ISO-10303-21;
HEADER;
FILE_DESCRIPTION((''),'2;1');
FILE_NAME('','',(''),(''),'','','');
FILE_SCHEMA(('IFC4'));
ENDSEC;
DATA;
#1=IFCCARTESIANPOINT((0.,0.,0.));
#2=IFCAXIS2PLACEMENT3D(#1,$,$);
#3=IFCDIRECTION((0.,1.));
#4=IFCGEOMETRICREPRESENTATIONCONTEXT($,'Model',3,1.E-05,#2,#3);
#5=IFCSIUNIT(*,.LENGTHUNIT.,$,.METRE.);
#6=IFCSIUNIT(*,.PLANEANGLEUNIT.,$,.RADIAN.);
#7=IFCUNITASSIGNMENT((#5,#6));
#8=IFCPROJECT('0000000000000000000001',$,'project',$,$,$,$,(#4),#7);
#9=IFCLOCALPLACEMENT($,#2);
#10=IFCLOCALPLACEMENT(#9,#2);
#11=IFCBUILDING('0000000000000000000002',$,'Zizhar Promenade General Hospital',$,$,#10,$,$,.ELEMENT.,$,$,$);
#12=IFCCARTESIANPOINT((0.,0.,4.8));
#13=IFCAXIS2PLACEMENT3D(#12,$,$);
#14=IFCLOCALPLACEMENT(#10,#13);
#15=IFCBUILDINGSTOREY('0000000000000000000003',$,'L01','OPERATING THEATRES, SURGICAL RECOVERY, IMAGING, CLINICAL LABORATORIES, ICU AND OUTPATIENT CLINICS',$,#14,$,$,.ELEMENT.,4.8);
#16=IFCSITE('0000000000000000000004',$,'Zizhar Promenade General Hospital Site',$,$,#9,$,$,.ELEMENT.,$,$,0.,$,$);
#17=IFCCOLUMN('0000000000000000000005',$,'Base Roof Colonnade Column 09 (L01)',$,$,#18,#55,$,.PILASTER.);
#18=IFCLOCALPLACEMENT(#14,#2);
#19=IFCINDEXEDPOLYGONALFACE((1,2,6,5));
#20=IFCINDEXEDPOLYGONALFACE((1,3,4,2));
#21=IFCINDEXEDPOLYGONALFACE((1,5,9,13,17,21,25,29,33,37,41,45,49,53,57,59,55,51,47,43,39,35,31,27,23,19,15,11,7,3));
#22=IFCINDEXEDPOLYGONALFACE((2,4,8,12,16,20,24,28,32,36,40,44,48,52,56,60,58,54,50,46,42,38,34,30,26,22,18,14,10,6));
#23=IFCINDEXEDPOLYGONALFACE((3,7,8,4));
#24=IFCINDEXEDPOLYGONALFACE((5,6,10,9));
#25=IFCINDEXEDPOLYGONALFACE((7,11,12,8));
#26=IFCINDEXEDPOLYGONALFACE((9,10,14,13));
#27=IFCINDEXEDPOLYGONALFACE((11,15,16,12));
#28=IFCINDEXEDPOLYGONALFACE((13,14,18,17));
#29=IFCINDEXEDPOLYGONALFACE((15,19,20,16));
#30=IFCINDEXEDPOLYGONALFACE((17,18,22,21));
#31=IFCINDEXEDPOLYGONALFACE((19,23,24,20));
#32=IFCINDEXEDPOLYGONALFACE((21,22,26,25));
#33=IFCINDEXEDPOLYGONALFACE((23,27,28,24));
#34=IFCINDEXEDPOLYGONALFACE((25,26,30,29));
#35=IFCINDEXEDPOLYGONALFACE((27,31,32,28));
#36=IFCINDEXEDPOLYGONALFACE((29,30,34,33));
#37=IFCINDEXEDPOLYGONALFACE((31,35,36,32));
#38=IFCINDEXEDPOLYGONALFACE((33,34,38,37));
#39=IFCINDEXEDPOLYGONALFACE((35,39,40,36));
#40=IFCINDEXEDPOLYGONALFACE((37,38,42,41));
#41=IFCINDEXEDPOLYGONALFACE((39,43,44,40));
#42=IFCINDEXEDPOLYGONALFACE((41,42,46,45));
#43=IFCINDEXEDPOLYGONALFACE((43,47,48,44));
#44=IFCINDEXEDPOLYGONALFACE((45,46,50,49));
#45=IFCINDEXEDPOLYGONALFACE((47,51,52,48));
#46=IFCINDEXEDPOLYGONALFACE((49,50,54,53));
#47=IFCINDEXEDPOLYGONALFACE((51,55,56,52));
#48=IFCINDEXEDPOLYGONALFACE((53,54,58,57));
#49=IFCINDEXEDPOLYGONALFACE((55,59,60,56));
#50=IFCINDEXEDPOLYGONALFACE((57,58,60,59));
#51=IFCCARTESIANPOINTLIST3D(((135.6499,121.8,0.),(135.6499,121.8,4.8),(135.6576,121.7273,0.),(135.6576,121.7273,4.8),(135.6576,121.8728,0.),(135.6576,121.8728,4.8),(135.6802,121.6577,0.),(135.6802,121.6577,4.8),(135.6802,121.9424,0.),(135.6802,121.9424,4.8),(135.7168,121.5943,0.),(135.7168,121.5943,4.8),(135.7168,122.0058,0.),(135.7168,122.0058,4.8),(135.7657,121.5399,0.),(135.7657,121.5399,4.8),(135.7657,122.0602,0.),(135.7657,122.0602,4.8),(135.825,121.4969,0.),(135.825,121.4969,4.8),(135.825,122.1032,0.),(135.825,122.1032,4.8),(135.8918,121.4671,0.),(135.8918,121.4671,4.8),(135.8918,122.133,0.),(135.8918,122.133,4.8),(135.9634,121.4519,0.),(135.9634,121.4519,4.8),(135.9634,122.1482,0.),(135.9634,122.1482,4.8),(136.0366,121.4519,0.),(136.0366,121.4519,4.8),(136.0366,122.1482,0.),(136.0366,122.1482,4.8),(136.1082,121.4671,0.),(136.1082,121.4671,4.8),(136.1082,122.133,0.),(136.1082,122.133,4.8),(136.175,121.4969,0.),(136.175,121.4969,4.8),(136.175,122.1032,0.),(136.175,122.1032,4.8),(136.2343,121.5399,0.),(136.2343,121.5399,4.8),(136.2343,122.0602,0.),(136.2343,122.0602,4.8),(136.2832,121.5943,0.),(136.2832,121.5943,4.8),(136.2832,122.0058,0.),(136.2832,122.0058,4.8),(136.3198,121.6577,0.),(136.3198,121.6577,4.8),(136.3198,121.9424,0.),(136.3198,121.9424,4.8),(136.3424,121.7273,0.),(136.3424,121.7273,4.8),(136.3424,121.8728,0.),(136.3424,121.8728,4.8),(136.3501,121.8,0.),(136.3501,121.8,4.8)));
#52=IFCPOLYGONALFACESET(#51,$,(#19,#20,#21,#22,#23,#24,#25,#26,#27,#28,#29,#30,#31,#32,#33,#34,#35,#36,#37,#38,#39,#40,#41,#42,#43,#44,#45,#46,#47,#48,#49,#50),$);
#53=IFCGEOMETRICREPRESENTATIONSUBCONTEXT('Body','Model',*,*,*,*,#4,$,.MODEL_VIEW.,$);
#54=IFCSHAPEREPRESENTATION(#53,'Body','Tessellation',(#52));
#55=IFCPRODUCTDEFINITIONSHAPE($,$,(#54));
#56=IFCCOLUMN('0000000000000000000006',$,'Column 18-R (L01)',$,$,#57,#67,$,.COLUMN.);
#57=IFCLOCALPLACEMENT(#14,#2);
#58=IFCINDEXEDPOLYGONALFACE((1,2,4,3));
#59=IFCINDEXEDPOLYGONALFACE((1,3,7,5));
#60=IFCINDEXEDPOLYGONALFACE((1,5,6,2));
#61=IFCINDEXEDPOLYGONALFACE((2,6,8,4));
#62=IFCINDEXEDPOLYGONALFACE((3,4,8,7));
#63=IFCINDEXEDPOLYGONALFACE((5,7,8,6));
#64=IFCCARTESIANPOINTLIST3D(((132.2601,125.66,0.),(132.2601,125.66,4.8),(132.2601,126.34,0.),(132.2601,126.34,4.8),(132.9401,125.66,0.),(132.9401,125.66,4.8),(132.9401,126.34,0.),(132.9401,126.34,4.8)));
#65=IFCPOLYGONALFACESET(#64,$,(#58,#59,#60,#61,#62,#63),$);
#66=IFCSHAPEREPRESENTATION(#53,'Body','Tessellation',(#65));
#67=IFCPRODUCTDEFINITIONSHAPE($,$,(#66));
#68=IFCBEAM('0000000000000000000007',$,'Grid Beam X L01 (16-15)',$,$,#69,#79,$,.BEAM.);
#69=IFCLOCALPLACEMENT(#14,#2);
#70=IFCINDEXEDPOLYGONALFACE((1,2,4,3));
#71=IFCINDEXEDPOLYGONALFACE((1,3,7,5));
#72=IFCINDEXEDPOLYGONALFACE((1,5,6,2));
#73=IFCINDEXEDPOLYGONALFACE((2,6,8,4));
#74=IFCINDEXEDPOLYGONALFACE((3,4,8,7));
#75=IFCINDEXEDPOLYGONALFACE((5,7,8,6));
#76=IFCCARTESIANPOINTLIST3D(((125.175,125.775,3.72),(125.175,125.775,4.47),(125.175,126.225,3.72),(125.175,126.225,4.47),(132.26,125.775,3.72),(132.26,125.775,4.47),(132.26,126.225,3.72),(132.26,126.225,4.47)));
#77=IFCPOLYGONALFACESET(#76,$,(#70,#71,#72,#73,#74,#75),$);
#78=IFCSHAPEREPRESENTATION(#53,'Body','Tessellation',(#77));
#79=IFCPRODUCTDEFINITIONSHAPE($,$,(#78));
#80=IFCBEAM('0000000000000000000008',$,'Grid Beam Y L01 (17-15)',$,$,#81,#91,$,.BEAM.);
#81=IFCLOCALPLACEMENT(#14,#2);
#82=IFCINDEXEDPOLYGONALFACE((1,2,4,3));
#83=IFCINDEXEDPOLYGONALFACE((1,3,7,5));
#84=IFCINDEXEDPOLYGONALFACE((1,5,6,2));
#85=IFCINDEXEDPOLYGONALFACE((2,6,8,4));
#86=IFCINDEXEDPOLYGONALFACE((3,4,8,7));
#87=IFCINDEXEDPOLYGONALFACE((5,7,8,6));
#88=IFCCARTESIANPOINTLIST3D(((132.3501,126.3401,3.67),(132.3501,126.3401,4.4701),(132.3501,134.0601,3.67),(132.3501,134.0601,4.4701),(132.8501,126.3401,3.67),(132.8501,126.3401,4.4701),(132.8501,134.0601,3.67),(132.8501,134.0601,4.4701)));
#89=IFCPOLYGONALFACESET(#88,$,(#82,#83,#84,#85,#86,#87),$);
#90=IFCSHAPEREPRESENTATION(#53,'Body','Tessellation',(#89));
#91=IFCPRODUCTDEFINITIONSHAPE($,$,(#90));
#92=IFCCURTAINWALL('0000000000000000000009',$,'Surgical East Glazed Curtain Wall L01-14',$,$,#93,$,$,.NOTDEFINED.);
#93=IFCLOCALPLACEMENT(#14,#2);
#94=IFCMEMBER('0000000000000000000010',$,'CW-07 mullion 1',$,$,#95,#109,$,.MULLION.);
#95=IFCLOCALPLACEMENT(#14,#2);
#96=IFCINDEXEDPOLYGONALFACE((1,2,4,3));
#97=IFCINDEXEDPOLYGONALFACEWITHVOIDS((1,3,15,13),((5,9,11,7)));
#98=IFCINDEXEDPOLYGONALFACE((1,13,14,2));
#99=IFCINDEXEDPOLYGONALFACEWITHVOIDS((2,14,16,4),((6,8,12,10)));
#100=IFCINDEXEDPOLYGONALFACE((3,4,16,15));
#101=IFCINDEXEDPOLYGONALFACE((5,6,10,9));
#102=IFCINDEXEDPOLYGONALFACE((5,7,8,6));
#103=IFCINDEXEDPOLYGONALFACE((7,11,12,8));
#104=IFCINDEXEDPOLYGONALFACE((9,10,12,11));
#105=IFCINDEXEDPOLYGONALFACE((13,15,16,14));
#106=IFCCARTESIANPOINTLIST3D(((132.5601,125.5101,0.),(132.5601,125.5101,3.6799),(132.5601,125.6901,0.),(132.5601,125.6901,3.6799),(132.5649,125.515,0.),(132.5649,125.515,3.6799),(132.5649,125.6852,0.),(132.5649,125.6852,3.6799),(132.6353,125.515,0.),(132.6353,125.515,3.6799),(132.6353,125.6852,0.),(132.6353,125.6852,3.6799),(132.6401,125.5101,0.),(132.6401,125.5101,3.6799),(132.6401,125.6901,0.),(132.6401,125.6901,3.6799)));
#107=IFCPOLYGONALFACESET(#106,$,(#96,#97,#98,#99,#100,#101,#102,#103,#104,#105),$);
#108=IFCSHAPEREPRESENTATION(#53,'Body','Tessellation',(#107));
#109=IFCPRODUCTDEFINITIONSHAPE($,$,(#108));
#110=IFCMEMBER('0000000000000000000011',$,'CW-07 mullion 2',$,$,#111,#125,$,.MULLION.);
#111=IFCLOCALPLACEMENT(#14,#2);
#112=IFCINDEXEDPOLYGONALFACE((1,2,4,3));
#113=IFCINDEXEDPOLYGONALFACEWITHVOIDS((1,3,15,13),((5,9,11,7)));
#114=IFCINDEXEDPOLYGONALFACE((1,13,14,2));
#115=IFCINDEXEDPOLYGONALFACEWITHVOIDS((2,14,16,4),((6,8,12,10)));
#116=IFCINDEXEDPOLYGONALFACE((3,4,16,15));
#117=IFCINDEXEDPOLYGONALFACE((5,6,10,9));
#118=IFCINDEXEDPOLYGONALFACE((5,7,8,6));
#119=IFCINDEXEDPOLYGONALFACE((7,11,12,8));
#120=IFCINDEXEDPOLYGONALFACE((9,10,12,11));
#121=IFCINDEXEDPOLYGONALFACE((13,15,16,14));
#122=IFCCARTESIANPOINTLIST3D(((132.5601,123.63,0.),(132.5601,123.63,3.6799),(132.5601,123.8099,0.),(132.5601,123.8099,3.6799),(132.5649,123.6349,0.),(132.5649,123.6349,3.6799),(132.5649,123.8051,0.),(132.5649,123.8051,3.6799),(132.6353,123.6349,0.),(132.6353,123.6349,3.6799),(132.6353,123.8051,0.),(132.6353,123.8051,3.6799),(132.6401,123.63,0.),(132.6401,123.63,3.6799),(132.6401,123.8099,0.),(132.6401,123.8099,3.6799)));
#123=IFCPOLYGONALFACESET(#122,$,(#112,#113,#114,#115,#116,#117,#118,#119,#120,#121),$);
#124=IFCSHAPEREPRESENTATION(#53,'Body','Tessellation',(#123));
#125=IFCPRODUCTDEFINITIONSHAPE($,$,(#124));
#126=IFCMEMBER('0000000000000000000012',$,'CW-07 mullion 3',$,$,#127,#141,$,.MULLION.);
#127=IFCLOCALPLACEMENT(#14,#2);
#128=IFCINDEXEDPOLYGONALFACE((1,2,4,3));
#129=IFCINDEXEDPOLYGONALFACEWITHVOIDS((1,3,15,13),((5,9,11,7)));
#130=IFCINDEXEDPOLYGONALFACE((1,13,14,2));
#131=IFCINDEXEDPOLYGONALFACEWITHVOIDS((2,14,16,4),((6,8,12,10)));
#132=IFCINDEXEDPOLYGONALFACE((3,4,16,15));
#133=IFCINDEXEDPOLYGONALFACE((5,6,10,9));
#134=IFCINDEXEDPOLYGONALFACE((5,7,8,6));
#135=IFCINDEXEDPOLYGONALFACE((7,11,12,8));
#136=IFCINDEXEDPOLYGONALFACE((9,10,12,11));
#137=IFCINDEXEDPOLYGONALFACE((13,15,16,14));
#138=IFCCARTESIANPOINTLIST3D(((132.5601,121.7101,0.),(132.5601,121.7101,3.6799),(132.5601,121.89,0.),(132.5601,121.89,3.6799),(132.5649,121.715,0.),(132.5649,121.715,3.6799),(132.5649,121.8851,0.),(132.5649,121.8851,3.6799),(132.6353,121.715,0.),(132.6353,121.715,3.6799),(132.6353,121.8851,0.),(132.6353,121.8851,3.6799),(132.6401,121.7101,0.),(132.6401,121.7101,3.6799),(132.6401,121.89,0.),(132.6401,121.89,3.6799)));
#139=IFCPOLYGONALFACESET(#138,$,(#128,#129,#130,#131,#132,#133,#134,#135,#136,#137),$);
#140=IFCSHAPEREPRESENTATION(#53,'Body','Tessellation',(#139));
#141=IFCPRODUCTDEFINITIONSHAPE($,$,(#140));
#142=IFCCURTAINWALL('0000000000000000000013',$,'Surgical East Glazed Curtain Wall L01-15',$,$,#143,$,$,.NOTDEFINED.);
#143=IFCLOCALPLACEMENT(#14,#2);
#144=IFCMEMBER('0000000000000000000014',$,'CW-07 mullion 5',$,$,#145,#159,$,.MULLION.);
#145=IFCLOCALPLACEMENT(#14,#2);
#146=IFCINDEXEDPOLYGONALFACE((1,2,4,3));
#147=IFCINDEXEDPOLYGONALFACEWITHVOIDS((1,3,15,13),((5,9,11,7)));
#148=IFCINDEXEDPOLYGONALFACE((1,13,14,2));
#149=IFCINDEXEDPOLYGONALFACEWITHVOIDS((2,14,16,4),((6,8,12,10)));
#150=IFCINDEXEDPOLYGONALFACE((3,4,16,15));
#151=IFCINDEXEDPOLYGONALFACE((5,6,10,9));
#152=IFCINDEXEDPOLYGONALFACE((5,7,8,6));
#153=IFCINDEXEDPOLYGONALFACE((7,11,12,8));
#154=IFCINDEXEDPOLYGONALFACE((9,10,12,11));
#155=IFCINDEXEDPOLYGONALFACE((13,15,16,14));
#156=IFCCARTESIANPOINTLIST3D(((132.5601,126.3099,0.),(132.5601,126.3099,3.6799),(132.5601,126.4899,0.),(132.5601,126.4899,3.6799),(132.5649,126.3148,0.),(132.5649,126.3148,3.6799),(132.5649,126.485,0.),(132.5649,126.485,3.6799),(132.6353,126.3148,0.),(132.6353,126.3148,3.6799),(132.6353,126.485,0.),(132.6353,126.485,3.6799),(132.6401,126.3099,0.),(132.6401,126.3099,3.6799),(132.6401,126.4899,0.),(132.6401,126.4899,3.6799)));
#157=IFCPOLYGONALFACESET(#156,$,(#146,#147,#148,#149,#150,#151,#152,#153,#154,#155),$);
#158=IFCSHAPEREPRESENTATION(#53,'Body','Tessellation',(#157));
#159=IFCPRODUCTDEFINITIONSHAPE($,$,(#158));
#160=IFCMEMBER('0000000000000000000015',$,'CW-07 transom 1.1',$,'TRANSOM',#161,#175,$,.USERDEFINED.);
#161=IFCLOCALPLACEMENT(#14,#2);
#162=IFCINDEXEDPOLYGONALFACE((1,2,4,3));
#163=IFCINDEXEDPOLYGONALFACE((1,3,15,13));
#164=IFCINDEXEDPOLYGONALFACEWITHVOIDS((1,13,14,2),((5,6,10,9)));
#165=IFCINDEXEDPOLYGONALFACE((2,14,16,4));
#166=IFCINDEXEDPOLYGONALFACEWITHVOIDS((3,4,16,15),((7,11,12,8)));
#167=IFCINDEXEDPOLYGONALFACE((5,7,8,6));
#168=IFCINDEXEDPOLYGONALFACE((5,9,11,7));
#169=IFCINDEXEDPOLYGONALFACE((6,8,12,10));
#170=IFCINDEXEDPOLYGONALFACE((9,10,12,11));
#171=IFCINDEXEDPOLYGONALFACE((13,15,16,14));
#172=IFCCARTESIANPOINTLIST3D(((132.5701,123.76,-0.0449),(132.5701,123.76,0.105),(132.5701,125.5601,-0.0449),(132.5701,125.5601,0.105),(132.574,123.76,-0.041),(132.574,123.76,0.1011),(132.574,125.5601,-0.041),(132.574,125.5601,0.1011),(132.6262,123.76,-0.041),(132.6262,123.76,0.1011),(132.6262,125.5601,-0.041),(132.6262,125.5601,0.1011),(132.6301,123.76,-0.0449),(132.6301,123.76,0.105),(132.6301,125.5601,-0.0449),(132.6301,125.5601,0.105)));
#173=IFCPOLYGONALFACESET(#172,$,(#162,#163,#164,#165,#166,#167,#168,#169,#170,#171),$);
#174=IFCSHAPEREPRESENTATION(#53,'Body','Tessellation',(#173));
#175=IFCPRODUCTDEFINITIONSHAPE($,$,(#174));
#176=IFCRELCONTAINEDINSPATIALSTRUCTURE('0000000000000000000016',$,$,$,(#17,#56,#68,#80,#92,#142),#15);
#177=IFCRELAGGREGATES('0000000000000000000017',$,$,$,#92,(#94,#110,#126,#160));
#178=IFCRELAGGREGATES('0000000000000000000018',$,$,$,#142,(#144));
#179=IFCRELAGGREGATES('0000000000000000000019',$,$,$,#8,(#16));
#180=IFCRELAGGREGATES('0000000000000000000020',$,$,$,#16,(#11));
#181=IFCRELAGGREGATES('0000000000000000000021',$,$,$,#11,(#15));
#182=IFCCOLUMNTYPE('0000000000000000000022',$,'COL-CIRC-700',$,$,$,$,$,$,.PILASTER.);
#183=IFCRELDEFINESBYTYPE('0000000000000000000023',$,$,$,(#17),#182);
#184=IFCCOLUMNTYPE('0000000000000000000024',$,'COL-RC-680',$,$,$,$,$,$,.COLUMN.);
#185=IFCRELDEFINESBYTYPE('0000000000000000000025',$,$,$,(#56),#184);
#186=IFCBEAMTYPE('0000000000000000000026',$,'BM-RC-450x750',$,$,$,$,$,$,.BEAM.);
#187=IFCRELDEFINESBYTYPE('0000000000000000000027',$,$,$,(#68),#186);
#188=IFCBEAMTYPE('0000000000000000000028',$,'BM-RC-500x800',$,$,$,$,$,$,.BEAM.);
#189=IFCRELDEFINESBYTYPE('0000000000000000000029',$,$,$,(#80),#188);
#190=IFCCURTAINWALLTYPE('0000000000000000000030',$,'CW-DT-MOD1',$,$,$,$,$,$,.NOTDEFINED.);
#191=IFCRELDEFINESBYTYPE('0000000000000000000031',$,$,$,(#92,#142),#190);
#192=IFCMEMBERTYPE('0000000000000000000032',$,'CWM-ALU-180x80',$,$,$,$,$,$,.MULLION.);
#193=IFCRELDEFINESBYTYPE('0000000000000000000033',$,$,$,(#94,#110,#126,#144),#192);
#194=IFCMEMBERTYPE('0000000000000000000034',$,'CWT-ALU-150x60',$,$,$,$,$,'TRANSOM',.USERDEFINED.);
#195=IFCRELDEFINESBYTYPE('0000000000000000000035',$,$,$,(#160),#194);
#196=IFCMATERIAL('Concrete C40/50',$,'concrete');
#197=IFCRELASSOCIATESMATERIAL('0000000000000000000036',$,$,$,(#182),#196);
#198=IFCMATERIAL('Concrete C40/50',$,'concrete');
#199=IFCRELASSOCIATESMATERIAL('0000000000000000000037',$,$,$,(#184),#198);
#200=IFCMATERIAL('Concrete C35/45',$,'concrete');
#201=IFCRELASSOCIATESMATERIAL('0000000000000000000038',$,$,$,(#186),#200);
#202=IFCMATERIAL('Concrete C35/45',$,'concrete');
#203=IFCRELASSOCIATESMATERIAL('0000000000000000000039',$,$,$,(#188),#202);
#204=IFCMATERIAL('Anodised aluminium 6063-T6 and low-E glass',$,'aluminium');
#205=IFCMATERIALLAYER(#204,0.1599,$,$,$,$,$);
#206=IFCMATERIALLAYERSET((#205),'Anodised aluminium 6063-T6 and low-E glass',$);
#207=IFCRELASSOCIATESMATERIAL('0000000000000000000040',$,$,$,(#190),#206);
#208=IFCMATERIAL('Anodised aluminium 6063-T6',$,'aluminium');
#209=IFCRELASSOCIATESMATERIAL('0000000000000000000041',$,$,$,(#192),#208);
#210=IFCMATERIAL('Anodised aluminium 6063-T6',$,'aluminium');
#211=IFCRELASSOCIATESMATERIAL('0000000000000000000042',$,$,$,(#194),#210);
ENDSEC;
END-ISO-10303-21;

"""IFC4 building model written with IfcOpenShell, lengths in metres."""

from ifc_helpers import new_model, si_unit, direction, frame, origin, origin_2d, place, context, subcontext, project, spatial, rectangle, hollow_rectangle, circle, extrude, material, layer, layer_set, material_profile, profile_set, type_object, element, aggregate, save


model = new_model("IFC4")

# Units and contexts
model_context = context("Model", 3, precision=1e-05, world=origin(), true_north=direction((0.0, 1.0)))
body_context = subcontext(model_context, "Body", "Model", "MODEL_VIEW")
ifc_project = project(units=[si_unit("LENGTHUNIT", "METRE"), si_unit("PLANEANGLEUNIT", "RADIAN")], contexts=[model_context])

# Site, building, storey
site_placement = place(None, origin())
site = spatial("IfcSite", under=ifc_project, at=site_placement, Name="Zizhar Promenade General Hospital Site", CompositionType="ELEMENT", RefElevation=0.0)
building_placement = place(site_placement, origin())
building = spatial("IfcBuilding", under=site, at=building_placement, Name="Zizhar Promenade General Hospital", CompositionType="ELEMENT")
storey_placement = place(building_placement, frame((0.0, 0.0, 4.8)))
storey = spatial("IfcBuildingStorey", under=building, at=storey_placement, Name="L01", Description="OPERATING THEATRES, SURGICAL RECOVERY, IMAGING, CLINICAL LABORATORIES, ICU AND OUTPATIENT CLINICS", CompositionType="ELEMENT", Elevation=4.8)

# Columns
ifc_material_1 = material(Name="Concrete C40/50", Category="concrete")
ifc_material_profile_1 = material_profile(ifc_material_1, circle(Radius=0.3501, at=origin_2d()))
ifc_profile_set_1 = profile_set([ifc_material_profile_1], Name="Concrete C40/50")
column_type_1 = type_object("IfcColumnType", Name="COL-CIRC-700", PredefinedType="PILASTER", material=ifc_profile_set_1)
column_1_placement = place(storey_placement, frame((136.0, 121.8, 0.0), z_axis=(0.0, 0.0, 1.0), x_axis=(1.0, 0.0, 0.0)))
element("IfcColumn", 1, at=column_1_placement, inside=storey, type_object=column_type_1, Name="Base Roof Colonnade Column 09 (L01)", PredefinedType="PILASTER", context=body_context, shape_type="SweptSolid", body=[
    extrude(circle(Radius=0.3501, at=origin_2d()), origin(), (0.0, 0.0, 1.0), 4.8),
])
ifc_material_2 = material(Name="Concrete C40/50", Category="concrete")
ifc_material_profile_2 = material_profile(ifc_material_2, rectangle(XDim=0.6799, YDim=0.6799, at=origin_2d()))
ifc_profile_set_2 = profile_set([ifc_material_profile_2], Name="Concrete C40/50")
column_type_2 = type_object("IfcColumnType", Name="COL-RC-680", PredefinedType="COLUMN", material=ifc_profile_set_2)
column_2_placement = place(storey_placement, frame((132.6001, 126.0, 0.0), z_axis=(0.0, 0.0, 1.0), x_axis=(1.0, 0.0, 0.0)))
element("IfcColumn", 2, at=column_2_placement, inside=storey, type_object=column_type_2, Name="Column 18-R (L01)", PredefinedType="COLUMN", context=body_context, shape_type="SweptSolid", body=[
    extrude(rectangle(XDim=0.6799, YDim=0.6799, at=origin_2d()), origin(), (0.0, 0.0, 1.0), 4.8),
])

# Beams
ifc_material_3 = material(Name="Concrete C35/45", Category="concrete")
ifc_material_profile_3 = material_profile(ifc_material_3, rectangle(XDim=0.45, YDim=0.75, at=origin_2d()))
ifc_profile_set_3 = profile_set([ifc_material_profile_3], Name="Concrete C35/45")
beam_type_1 = type_object("IfcBeamType", Name="BM-RC-450x750", PredefinedType="BEAM", material=ifc_profile_set_3)
beam_1_placement = place(storey_placement, frame((125.175, 126.0, 4.095), z_axis=(1.0, 0.0, 0.0), x_axis=(0.0, 1.0, 0.0)))
element("IfcBeam", 3, at=beam_1_placement, inside=storey, type_object=beam_type_1, Name="Grid Beam X L01 (16-15)", PredefinedType="BEAM", context=body_context, shape_type="SweptSolid", body=[
    extrude(rectangle(XDim=0.45, YDim=0.75, at=origin_2d()), origin(), (0.0, 0.0, 1.0), 7.085),
])
ifc_material_4 = material(Name="Concrete C35/45", Category="concrete")
ifc_material_profile_4 = material_profile(ifc_material_4, rectangle(XDim=0.5, YDim=0.8, at=origin_2d()))
ifc_profile_set_4 = profile_set([ifc_material_profile_4], Name="Concrete C35/45")
beam_type_2 = type_object("IfcBeamType", Name="BM-RC-500x800", PredefinedType="BEAM", material=ifc_profile_set_4)
beam_2_placement = place(storey_placement, frame((132.6001, 126.3401, 4.0701), z_axis=(0.0, 1.0, 0.0), x_axis=(-1.0, 0.0, 0.0)))
element("IfcBeam", 4, at=beam_2_placement, inside=storey, type_object=beam_type_2, Name="Grid Beam Y L01 (17-15)", PredefinedType="BEAM", context=body_context, shape_type="SweptSolid", body=[
    extrude(rectangle(XDim=0.5, YDim=0.8, at=origin_2d()), origin(), (0.0, 0.0, 1.0), 7.72),
])

# Curtain wall, members
ifc_material_5 = material(Name="Anodised aluminium 6063-T6 and low-E glass", Category="aluminium")
ifc_layer_1 = layer(ifc_material_5, 0.1599)
ifc_layer_set_1 = layer_set([ifc_layer_1], Name="Anodised aluminium 6063-T6 and low-E glass")
curtain_wall_type = type_object("IfcCurtainWallType", Name="CW-DT-MOD1", PredefinedType="NOTDEFINED", material=ifc_layer_set_1)
curtain_wall_1_placement = place(storey_placement, origin())
curtain_wall_1 = element("IfcCurtainWall", 5, at=curtain_wall_1_placement, inside=storey, type_object=curtain_wall_type, Name="Surgical East Glazed Curtain Wall L01-14", PredefinedType="NOTDEFINED")
ifc_material_6 = material(Name="Anodised aluminium 6063-T6", Category="aluminium")
ifc_material_profile_5 = material_profile(ifc_material_6, hollow_rectangle(XDim=0.0801, YDim=0.1799, WallThickness=0.0049, at=origin_2d()))
ifc_profile_set_5 = profile_set([ifc_material_profile_5], Name="Anodised aluminium 6063-T6")
member_type_1 = type_object("IfcMemberType", Name="CWM-ALU-180x80", PredefinedType="MULLION", material=ifc_profile_set_5)
member_1_placement = place(storey_placement, frame((132.6001, 125.6001, 0.0), z_axis=(0.0, 0.0, 1.0), x_axis=(1.0, 0.0, 0.0)))
member_1 = element("IfcMember", 6, at=member_1_placement, type_object=member_type_1, Name="CW-07 mullion 1", PredefinedType="MULLION", context=body_context, shape_type="SweptSolid", body=[
    extrude(hollow_rectangle(XDim=0.0801, YDim=0.1799, WallThickness=0.0049, at=origin_2d()), origin(), (0.0, 0.0, 1.0), 3.6799),
])
member_2_placement = place(storey_placement, frame((132.6001, 123.72, 0.0), z_axis=(0.0, 0.0, 1.0), x_axis=(1.0, 0.0, 0.0)))
member_2 = element("IfcMember", 7, at=member_2_placement, type_object=member_type_1, Name="CW-07 mullion 2", PredefinedType="MULLION", context=body_context, shape_type="SweptSolid", body=[
    extrude(hollow_rectangle(XDim=0.0801, YDim=0.1799, WallThickness=0.0049, at=origin_2d()), origin(), (0.0, 0.0, 1.0), 3.6799),
])
member_3_placement = place(storey_placement, frame((132.6001, 121.8, 0.0), z_axis=(0.0, 0.0, 1.0), x_axis=(1.0, 0.0, 0.0)))
member_3 = element("IfcMember", 8, at=member_3_placement, type_object=member_type_1, Name="CW-07 mullion 3", PredefinedType="MULLION", context=body_context, shape_type="SweptSolid", body=[
    extrude(hollow_rectangle(XDim=0.0801, YDim=0.1799, WallThickness=0.0049, at=origin_2d()), origin(), (0.0, 0.0, 1.0), 3.6799),
])

# Curtain wall, member
curtain_wall_2_placement = place(storey_placement, origin())
curtain_wall_2 = element("IfcCurtainWall", 9, at=curtain_wall_2_placement, inside=storey, type_object=curtain_wall_type, Name="Surgical East Glazed Curtain Wall L01-15", PredefinedType="NOTDEFINED")
member_4_placement = place(storey_placement, frame((132.6001, 126.3999, 0.0), z_axis=(0.0, 0.0, 1.0), x_axis=(1.0, 0.0, 0.0)))
member_4 = element("IfcMember", 10, at=member_4_placement, type_object=member_type_1, Name="CW-07 mullion 5", PredefinedType="MULLION", context=body_context, shape_type="SweptSolid", body=[
    extrude(hollow_rectangle(XDim=0.0801, YDim=0.1799, WallThickness=0.0049, at=origin_2d()), origin(), (0.0, 0.0, 1.0), 3.6799),
])

# Member
ifc_material_7 = material(Name="Anodised aluminium 6063-T6", Category="aluminium")
ifc_material_profile_6 = material_profile(ifc_material_7, hollow_rectangle(XDim=0.0601, YDim=0.1499, WallThickness=0.0039, at=origin_2d()))
ifc_profile_set_6 = profile_set([ifc_material_profile_6], Name="Anodised aluminium 6063-T6")
member_type_2 = type_object("IfcMemberType", Name="CWT-ALU-150x60", ElementType="TRANSOM", PredefinedType="USERDEFINED", material=ifc_profile_set_6)
member_5_placement = place(storey_placement, frame((132.6001, 125.5601, 0.03), z_axis=(0.0, -1.0, 0.0), x_axis=(1.0, 0.0, 0.0)))
member_5 = element("IfcMember", 11, at=member_5_placement, type_object=member_type_2, Name="CW-07 transom 1.1", ObjectType="TRANSOM", PredefinedType="USERDEFINED", context=body_context, shape_type="SweptSolid", body=[
    extrude(hollow_rectangle(XDim=0.0601, YDim=0.1499, WallThickness=0.0039, at=origin_2d()), origin(), (0.0, 0.0, 1.0), 1.8),
])

aggregate(curtain_wall_1, [member_1, member_2, member_3, member_5])
aggregate(curtain_wall_2, [member_4])

save(model, "model.ifc")
